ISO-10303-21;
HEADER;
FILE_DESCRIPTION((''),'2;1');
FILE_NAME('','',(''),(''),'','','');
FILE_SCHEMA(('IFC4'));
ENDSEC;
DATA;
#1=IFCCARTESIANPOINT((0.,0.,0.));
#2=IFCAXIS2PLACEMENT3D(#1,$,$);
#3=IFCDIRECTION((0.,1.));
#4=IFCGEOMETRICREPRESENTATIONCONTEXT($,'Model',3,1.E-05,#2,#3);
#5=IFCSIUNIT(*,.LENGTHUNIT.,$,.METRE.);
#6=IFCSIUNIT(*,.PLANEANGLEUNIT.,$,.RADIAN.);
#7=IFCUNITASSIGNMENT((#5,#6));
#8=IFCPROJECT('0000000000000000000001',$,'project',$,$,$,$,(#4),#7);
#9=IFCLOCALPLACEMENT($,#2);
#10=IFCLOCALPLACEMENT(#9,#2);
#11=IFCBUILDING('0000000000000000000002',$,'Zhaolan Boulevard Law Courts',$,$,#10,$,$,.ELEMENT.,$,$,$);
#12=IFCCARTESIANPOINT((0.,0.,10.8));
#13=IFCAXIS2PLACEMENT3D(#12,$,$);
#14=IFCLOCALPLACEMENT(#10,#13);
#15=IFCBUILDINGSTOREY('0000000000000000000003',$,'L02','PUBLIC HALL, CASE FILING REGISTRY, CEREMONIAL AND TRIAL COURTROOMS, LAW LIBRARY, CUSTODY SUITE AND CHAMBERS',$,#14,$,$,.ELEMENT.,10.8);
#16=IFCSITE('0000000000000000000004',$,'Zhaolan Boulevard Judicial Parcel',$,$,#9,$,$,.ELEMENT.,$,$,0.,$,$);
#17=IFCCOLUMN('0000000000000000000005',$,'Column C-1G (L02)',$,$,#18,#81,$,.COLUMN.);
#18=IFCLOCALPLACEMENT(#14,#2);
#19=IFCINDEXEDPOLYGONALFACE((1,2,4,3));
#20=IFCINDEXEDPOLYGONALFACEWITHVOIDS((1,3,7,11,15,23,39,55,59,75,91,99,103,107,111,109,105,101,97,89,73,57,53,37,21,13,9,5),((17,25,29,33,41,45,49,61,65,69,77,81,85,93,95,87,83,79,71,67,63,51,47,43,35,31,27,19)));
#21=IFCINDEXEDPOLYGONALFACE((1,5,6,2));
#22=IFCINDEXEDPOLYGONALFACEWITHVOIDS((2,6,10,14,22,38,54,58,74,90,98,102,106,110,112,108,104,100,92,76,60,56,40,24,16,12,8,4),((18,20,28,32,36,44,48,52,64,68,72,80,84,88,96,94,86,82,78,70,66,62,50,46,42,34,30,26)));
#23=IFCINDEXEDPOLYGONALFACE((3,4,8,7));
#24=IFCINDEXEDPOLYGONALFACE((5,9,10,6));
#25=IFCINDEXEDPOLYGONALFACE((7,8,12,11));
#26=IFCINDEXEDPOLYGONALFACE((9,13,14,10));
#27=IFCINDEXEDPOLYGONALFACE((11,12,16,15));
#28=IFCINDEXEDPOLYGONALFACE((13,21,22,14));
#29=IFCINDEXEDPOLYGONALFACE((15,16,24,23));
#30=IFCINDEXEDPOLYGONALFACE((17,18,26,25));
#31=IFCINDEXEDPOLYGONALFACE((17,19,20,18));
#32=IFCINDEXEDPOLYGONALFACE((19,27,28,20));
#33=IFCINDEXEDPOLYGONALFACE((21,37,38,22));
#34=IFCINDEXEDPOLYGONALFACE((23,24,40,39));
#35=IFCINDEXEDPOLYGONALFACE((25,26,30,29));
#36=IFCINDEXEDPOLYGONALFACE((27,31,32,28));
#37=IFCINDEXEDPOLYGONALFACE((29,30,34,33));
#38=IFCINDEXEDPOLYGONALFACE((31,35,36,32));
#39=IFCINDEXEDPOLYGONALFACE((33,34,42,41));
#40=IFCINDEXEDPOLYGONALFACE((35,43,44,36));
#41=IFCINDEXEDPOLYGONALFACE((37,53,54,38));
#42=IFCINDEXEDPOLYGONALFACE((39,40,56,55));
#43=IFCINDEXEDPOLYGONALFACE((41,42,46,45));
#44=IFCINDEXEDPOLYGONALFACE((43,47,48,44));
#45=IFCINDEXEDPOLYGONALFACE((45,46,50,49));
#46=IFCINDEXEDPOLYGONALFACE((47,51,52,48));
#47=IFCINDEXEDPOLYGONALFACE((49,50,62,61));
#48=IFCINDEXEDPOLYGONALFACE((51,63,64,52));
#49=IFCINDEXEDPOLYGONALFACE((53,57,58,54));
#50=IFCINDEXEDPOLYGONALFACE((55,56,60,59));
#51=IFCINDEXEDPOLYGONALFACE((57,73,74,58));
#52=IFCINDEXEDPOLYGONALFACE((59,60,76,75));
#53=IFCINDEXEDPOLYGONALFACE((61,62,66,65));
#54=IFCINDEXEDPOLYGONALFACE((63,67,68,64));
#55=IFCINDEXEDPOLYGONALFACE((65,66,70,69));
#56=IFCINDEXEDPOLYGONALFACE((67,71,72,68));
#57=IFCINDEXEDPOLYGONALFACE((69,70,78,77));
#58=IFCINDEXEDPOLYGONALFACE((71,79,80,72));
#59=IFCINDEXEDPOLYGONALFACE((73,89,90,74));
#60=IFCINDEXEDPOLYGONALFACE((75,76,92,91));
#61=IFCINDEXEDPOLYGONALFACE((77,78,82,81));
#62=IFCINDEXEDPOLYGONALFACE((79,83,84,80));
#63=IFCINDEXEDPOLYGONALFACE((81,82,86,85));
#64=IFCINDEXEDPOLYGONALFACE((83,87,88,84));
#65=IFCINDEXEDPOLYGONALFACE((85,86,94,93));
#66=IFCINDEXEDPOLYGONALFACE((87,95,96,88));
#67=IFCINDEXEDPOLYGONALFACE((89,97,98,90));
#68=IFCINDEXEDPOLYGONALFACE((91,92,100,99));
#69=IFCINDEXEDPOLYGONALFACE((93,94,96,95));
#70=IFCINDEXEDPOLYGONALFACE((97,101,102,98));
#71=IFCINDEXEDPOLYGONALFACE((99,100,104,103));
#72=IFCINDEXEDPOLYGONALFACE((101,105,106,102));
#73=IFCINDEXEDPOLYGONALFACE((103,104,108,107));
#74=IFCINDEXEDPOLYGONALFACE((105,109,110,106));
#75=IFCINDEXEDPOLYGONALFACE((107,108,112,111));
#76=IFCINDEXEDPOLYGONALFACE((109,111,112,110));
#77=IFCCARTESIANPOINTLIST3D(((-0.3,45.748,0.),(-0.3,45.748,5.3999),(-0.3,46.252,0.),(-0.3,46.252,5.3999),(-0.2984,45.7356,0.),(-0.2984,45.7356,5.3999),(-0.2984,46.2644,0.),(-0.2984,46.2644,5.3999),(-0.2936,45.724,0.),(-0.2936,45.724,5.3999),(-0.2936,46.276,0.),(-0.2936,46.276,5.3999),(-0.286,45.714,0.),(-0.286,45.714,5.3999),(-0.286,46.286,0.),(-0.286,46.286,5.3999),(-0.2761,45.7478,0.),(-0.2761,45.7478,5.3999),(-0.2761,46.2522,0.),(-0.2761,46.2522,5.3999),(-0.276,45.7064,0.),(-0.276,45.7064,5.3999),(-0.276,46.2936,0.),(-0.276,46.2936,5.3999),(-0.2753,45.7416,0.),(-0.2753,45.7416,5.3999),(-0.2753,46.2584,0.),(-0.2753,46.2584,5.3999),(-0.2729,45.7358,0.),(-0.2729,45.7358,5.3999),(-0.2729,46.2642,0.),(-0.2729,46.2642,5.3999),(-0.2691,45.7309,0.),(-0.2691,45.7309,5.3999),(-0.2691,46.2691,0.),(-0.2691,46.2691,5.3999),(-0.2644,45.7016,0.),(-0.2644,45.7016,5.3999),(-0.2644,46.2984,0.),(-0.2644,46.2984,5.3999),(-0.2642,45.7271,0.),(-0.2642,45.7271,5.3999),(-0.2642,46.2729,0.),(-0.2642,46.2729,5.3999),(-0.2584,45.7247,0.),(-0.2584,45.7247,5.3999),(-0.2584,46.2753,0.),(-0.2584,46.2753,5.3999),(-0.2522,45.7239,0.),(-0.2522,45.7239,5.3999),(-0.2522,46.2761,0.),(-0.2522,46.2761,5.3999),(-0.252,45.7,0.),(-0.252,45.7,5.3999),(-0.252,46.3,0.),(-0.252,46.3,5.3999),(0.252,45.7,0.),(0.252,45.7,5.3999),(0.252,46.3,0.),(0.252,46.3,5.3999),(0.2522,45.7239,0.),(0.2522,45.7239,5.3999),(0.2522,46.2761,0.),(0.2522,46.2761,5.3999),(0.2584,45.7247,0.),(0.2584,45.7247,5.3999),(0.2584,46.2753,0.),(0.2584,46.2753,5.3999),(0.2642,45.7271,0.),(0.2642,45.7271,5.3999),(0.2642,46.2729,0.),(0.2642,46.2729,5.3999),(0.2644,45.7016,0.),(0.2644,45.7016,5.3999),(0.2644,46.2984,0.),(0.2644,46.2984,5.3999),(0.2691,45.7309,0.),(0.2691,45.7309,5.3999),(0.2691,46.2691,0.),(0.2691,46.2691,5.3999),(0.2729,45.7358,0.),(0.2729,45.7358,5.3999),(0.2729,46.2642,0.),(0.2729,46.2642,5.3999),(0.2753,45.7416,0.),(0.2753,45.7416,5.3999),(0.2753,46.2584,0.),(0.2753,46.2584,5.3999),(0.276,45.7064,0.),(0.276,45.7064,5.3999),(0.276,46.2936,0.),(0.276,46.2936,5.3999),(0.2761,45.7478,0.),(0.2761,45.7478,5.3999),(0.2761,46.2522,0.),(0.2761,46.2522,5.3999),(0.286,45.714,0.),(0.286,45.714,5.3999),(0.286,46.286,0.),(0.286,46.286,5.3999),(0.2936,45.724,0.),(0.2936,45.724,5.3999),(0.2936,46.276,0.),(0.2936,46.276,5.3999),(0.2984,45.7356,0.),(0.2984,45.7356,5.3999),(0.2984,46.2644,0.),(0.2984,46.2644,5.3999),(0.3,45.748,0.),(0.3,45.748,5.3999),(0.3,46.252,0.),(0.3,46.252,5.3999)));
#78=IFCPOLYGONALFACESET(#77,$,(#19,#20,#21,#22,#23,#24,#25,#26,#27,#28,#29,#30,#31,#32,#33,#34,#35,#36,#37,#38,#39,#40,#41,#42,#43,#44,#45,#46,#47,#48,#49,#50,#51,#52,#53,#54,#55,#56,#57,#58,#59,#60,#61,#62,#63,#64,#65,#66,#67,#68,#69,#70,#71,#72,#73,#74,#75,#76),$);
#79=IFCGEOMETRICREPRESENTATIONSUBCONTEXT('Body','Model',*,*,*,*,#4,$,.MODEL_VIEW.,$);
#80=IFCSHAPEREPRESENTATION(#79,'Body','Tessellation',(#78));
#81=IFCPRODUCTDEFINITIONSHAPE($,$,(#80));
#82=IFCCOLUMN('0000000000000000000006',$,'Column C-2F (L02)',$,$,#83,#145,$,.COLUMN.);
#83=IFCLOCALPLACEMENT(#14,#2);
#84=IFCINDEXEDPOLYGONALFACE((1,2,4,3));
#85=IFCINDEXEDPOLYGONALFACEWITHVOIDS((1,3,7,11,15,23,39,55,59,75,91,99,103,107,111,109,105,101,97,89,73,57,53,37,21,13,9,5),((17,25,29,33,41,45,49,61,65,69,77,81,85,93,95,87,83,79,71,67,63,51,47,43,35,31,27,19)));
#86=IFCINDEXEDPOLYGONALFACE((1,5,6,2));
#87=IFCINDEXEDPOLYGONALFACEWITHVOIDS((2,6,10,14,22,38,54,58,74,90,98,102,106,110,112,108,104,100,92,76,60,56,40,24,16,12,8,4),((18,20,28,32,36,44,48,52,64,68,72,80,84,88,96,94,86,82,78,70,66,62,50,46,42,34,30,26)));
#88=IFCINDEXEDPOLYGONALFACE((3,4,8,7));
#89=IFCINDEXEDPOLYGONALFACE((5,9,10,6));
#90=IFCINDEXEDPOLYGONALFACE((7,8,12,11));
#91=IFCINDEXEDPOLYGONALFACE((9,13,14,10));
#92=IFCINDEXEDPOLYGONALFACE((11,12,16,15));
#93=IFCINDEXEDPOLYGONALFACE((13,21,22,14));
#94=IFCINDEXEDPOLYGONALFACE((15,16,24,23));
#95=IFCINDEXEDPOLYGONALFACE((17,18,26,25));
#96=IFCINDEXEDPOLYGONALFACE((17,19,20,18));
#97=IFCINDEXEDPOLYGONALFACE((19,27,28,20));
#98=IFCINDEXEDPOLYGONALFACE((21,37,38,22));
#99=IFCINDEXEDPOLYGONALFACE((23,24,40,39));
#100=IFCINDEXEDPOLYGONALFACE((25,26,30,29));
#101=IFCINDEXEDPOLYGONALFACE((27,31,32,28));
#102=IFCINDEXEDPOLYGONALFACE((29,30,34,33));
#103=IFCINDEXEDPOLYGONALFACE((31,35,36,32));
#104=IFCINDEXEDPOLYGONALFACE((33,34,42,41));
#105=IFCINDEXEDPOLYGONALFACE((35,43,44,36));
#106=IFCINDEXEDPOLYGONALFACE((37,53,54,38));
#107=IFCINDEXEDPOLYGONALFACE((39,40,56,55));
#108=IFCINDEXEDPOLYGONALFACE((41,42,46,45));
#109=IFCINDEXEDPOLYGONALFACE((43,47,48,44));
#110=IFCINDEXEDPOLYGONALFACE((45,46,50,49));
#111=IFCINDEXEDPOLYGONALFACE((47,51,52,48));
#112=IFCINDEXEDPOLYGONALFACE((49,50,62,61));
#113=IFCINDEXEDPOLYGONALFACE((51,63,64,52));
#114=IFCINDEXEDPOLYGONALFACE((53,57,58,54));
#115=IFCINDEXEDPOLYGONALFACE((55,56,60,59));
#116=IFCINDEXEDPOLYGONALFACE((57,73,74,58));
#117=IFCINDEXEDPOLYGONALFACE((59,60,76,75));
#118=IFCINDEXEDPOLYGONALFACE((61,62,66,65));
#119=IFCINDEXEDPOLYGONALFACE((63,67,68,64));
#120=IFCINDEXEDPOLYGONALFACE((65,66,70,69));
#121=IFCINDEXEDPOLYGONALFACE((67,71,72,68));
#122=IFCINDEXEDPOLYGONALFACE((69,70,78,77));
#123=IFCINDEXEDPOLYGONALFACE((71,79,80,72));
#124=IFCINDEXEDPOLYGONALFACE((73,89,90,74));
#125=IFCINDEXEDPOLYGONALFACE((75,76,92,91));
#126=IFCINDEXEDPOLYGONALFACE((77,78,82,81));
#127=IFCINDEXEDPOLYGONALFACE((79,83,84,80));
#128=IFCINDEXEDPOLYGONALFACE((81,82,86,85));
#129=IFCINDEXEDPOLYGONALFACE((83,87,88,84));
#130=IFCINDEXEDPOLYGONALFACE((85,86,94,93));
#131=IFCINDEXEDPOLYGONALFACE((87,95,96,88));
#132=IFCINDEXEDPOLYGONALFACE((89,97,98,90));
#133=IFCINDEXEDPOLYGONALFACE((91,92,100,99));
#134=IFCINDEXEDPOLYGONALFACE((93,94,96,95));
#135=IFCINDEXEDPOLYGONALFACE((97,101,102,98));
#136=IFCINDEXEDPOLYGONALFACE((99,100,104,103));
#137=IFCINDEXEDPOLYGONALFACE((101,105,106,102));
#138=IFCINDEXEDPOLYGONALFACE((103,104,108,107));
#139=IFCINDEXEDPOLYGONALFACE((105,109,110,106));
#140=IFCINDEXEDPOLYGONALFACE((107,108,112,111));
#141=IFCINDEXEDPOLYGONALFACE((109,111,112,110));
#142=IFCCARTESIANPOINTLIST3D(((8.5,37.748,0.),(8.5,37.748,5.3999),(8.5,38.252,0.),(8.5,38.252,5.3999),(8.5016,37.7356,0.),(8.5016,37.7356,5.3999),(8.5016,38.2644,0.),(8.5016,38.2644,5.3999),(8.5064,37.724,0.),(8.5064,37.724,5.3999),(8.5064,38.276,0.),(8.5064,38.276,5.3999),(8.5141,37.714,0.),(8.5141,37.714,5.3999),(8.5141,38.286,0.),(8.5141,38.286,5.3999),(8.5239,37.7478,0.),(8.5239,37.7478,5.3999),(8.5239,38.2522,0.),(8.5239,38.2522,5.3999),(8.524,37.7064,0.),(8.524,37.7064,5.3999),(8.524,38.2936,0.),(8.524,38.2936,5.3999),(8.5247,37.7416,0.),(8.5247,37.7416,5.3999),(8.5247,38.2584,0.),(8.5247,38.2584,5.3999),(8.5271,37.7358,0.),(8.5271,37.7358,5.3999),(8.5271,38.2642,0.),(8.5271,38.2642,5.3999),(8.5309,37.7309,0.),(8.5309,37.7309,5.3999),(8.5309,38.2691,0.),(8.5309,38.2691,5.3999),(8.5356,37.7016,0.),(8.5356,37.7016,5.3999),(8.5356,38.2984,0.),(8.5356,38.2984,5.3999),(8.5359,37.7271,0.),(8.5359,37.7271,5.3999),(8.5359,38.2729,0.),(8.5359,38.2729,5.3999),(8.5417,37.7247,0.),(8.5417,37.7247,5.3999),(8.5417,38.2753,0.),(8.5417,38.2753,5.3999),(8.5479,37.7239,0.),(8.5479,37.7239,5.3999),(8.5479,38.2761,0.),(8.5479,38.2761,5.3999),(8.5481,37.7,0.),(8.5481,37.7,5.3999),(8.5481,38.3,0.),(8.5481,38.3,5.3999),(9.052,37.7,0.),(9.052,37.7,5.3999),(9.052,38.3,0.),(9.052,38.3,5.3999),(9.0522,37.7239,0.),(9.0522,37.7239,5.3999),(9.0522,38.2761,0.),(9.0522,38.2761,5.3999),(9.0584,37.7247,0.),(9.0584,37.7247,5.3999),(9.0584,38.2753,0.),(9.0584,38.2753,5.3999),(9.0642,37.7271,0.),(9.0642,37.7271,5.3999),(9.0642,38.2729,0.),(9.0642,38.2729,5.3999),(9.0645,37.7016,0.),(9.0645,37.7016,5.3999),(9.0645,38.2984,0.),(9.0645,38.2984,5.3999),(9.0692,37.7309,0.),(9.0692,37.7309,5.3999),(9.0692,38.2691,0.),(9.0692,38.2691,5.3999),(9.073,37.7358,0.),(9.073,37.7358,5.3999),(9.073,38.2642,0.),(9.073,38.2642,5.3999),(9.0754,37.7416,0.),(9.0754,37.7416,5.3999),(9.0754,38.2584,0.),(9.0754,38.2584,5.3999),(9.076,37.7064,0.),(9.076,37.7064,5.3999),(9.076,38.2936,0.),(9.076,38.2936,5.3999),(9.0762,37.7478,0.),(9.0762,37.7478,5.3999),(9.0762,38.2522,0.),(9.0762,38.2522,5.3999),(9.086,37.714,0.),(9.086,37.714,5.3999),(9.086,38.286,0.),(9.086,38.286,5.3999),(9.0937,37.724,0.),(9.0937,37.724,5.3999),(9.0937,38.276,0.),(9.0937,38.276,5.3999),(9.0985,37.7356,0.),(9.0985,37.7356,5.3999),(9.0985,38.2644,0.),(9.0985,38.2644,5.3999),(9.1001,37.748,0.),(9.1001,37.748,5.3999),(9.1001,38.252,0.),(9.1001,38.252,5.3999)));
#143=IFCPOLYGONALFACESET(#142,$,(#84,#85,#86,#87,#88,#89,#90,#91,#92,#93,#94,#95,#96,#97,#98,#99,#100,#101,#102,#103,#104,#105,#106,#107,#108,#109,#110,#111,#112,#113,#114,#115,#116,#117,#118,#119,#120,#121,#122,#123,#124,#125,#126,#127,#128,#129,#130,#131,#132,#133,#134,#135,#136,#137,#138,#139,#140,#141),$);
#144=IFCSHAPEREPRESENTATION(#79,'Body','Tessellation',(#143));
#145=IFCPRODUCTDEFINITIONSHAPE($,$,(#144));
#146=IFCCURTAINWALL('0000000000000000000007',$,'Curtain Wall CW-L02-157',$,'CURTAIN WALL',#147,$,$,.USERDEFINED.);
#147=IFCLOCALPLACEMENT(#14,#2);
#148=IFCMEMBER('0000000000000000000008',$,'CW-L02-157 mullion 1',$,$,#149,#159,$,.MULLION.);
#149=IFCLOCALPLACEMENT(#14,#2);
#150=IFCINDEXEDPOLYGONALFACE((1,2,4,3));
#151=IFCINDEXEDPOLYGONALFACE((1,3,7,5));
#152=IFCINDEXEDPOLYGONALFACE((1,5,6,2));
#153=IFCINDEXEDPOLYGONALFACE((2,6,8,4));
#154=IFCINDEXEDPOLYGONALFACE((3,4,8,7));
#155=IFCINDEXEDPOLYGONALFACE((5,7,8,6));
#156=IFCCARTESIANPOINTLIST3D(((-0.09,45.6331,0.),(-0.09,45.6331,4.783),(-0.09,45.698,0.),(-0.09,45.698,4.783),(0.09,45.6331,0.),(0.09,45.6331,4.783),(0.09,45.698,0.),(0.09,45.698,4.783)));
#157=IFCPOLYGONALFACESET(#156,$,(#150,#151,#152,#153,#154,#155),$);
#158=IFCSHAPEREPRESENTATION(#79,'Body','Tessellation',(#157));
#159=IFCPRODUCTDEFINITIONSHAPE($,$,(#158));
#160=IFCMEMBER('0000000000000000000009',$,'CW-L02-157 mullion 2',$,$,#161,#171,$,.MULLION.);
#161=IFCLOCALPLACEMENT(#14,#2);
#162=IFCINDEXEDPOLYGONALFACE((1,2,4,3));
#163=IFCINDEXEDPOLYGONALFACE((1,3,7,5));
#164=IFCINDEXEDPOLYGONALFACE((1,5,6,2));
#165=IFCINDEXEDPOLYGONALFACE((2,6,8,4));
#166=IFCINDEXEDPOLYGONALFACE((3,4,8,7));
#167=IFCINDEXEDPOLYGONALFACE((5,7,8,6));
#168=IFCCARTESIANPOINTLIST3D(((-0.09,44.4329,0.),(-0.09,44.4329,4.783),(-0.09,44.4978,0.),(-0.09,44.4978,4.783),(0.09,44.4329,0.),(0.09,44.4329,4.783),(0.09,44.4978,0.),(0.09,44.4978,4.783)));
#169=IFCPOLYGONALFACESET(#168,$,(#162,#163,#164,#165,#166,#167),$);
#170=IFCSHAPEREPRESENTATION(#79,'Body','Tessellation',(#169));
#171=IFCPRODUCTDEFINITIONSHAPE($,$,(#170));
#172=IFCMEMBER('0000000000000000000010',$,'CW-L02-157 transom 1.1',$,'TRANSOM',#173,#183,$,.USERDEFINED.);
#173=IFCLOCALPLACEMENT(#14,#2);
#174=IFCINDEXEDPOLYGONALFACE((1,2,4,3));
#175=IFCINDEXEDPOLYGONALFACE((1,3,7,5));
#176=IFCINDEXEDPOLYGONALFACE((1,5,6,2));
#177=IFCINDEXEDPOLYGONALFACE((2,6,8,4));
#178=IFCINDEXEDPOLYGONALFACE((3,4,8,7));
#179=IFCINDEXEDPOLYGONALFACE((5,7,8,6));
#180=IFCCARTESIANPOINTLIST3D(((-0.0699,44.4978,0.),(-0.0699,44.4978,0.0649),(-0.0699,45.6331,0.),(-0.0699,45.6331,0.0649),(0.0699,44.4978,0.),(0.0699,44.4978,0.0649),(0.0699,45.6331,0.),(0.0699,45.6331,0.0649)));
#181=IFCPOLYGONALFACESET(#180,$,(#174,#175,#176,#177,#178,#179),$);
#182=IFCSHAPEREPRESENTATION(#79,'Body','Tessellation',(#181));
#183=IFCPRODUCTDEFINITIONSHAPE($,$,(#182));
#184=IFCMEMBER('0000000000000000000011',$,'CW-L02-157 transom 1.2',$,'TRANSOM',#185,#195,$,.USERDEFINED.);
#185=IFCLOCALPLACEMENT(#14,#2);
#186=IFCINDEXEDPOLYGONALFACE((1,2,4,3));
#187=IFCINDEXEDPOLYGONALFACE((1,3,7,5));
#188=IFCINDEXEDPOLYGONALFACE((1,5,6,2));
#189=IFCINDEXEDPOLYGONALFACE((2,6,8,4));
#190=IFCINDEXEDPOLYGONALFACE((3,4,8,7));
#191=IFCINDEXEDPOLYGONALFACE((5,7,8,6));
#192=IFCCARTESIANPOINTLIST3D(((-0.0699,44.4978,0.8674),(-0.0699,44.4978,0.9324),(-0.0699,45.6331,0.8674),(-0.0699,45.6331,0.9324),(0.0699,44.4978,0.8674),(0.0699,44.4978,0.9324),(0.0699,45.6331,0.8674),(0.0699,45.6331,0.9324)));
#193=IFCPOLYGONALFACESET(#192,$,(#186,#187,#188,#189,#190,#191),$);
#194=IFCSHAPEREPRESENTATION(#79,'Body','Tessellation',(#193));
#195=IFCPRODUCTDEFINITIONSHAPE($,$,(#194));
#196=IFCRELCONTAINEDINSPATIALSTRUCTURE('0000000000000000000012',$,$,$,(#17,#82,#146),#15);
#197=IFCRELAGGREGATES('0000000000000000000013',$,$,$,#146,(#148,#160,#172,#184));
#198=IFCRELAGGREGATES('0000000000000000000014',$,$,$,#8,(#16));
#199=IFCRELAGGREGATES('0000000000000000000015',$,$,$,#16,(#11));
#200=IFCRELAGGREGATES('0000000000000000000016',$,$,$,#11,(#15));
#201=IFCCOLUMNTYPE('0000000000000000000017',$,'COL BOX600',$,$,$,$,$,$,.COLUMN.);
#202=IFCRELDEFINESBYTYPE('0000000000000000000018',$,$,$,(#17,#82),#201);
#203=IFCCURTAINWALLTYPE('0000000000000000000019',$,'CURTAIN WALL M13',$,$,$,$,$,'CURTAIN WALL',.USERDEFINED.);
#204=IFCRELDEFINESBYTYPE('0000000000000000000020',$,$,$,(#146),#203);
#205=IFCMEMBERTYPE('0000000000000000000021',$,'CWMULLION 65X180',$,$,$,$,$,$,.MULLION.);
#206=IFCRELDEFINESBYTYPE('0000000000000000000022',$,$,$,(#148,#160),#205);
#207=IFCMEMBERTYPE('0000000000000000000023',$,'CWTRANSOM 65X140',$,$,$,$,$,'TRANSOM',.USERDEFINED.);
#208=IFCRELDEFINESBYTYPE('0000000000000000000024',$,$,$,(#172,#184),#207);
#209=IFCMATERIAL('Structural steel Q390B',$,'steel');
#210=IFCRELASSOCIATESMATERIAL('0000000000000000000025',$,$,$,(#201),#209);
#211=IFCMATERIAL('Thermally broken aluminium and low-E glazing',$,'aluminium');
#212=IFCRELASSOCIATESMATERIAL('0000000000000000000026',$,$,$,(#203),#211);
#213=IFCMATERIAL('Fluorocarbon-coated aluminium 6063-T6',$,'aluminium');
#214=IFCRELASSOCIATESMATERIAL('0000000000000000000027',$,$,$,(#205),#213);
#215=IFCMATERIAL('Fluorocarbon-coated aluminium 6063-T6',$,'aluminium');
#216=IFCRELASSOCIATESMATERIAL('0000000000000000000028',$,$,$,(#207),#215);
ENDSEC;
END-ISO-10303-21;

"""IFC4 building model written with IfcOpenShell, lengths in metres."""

from ifc_helpers import new_model, si_unit, direction, frame, origin, origin_2d, place, context, subcontext, project, spatial, rectangle, hollow_rectangle, extrude, material, material_profile, profile_set, type_object, element, aggregate, save


model = new_model("IFC4")

# Units and contexts
model_context = context("Model", 3, precision=1e-05, world=origin(), true_north=direction((0.0, 1.0)))
body_context = subcontext(model_context, "Body", "Model", "MODEL_VIEW")
ifc_project = project(units=[si_unit("LENGTHUNIT", "METRE"), si_unit("PLANEANGLEUNIT", "RADIAN")], contexts=[model_context])

# Site, building, storey
site_placement = place(None, origin())
site = spatial("IfcSite", under=ifc_project, at=site_placement, Name="Zhaolan Boulevard Judicial Parcel", CompositionType="ELEMENT", RefElevation=0.0)
building_placement = place(site_placement, origin())
building = spatial("IfcBuilding", under=site, at=building_placement, Name="Zhaolan Boulevard Law Courts", CompositionType="ELEMENT")
storey_placement = place(building_placement, frame((0.0, 0.0, 10.8)))
storey = spatial("IfcBuildingStorey", under=building, at=storey_placement, Name="L02", Description="PUBLIC HALL, CASE FILING REGISTRY, CEREMONIAL AND TRIAL COURTROOMS, LAW LIBRARY, CUSTODY SUITE AND CHAMBERS", CompositionType="ELEMENT", Elevation=10.8)

# Columns
ifc_material_1 = material(Name="Structural steel Q390B", Category="steel")
ifc_material_profile_1 = material_profile(ifc_material_1, hollow_rectangle(XDim=0.6001, YDim=0.6001, WallThickness=0.0239, InnerFilletRadius=0.0239, OuterFilletRadius=0.0481, at=origin_2d()), Name="BOX600x600x24")
ifc_profile_set_1 = profile_set([ifc_material_profile_1], Name="Structural steel Q390B")
column_type = type_object("IfcColumnType", Name="COL BOX600", PredefinedType="COLUMN", material=ifc_profile_set_1)
for number, where, z_axis, x_axis, name in (
    (1, (0.0, 46.0, 0.0), (0.0, 0.0, 1.0), (1.0, 0.0, 0.0), "Column C-1G (L02)"),
    (2, (8.8, 38.0, 0.0), (0.0, 0.0, 1.0), (1.0, 0.0, 0.0), "Column C-2F (L02)"),
):
    element("IfcColumn", number, at=place(storey_placement, frame(where, z_axis=z_axis, x_axis=x_axis)), inside=storey, type_object=column_type, Name=name, PredefinedType="COLUMN", context=body_context, shape_type="SweptSolid", body=[
        extrude(hollow_rectangle(XDim=0.6001, YDim=0.6001, WallThickness=0.0239, InnerFilletRadius=0.0239, OuterFilletRadius=0.0481, at=origin_2d()), origin(), (0.0, 0.0, 1.0), 5.3999),
    ])

# Curtain wall, members
ifc_material_2 = material(Name="Thermally broken aluminium and low-E glazing", Category="aluminium")
curtain_wall_type = type_object("IfcCurtainWallType", Name="CURTAIN WALL M13", ElementType="CURTAIN WALL", PredefinedType="USERDEFINED", material=ifc_material_2)
curtain_wall_placement = place(storey_placement, origin())
curtain_wall = element("IfcCurtainWall", 3, at=curtain_wall_placement, inside=storey, type_object=curtain_wall_type, Name="Curtain Wall CW-L02-157", ObjectType="CURTAIN WALL", PredefinedType="USERDEFINED")
ifc_material_3 = material(Name="Fluorocarbon-coated aluminium 6063-T6", Category="aluminium")
ifc_material_profile_2 = material_profile(ifc_material_3, rectangle(XDim=0.1799, YDim=0.0649, at=origin_2d()), Name="AL65x180")
ifc_profile_set_2 = profile_set([ifc_material_profile_2], Name="Fluorocarbon-coated aluminium 6063-T6")
member_type_1 = type_object("IfcMemberType", Name="CWMULLION 65X180", PredefinedType="MULLION", material=ifc_profile_set_2)
member_1_placement = place(storey_placement, frame((0.0, 45.6655, 0.0), z_axis=(0.0, 0.0, 1.0), x_axis=(1.0, 0.0, 0.0)))
member_1 = element("IfcMember", 4, at=member_1_placement, type_object=member_type_1, Name="CW-L02-157 mullion 1", PredefinedType="MULLION", context=body_context, shape_type="SweptSolid", body=[
    extrude(rectangle(XDim=0.1799, YDim=0.0649, at=origin_2d()), origin(), (0.0, 0.0, 1.0), 4.783),
])
member_2_placement = place(storey_placement, frame((0.0, 44.4653, 0.0), z_axis=(0.0, 0.0, 1.0), x_axis=(1.0, 0.0, 0.0)))
member_2 = element("IfcMember", 5, at=member_2_placement, type_object=member_type_1, Name="CW-L02-157 mullion 2", PredefinedType="MULLION", context=body_context, shape_type="SweptSolid", body=[
    extrude(rectangle(XDim=0.1799, YDim=0.0649, at=origin_2d()), origin(), (0.0, 0.0, 1.0), 4.783),
])
ifc_material_4 = material(Name="Fluorocarbon-coated aluminium 6063-T6", Category="aluminium")
ifc_material_profile_3 = material_profile(ifc_material_4, rectangle(XDim=0.1399, YDim=0.0649, at=origin_2d()), Name="AL65x140")
ifc_profile_set_3 = profile_set([ifc_material_profile_3], Name="Fluorocarbon-coated aluminium 6063-T6")
member_type_2 = type_object("IfcMemberType", Name="CWTRANSOM 65X140", ElementType="TRANSOM", PredefinedType="USERDEFINED", material=ifc_profile_set_3)
member_3_placement = place(storey_placement, frame((0.0, 45.6331, 0.0325), z_axis=(0.0, -1.0, 0.0), x_axis=(1.0, 0.0, 0.0)))
member_3 = element("IfcMember", 6, at=member_3_placement, type_object=member_type_2, Name="CW-L02-157 transom 1.1", ObjectType="TRANSOM", PredefinedType="USERDEFINED", context=body_context, shape_type="SweptSolid", body=[
    extrude(rectangle(XDim=0.1399, YDim=0.0649, at=origin_2d()), origin(), (0.0, 0.0, 1.0), 1.1353),
])
member_4_placement = place(storey_placement, frame((0.0, 45.6331, 0.8999), z_axis=(0.0, -1.0, 0.0), x_axis=(1.0, 0.0, 0.0)))
member_4 = element("IfcMember", 7, at=member_4_placement, type_object=member_type_2, Name="CW-L02-157 transom 1.2", ObjectType="TRANSOM", PredefinedType="USERDEFINED", context=body_context, shape_type="SweptSolid", body=[
    extrude(rectangle(XDim=0.1399, YDim=0.0649, at=origin_2d()), origin(), (0.0, 0.0, 1.0), 1.1353),
])

aggregate(curtain_wall, [member_1, member_2, member_3, member_4])

save(model, "model.ifc")
